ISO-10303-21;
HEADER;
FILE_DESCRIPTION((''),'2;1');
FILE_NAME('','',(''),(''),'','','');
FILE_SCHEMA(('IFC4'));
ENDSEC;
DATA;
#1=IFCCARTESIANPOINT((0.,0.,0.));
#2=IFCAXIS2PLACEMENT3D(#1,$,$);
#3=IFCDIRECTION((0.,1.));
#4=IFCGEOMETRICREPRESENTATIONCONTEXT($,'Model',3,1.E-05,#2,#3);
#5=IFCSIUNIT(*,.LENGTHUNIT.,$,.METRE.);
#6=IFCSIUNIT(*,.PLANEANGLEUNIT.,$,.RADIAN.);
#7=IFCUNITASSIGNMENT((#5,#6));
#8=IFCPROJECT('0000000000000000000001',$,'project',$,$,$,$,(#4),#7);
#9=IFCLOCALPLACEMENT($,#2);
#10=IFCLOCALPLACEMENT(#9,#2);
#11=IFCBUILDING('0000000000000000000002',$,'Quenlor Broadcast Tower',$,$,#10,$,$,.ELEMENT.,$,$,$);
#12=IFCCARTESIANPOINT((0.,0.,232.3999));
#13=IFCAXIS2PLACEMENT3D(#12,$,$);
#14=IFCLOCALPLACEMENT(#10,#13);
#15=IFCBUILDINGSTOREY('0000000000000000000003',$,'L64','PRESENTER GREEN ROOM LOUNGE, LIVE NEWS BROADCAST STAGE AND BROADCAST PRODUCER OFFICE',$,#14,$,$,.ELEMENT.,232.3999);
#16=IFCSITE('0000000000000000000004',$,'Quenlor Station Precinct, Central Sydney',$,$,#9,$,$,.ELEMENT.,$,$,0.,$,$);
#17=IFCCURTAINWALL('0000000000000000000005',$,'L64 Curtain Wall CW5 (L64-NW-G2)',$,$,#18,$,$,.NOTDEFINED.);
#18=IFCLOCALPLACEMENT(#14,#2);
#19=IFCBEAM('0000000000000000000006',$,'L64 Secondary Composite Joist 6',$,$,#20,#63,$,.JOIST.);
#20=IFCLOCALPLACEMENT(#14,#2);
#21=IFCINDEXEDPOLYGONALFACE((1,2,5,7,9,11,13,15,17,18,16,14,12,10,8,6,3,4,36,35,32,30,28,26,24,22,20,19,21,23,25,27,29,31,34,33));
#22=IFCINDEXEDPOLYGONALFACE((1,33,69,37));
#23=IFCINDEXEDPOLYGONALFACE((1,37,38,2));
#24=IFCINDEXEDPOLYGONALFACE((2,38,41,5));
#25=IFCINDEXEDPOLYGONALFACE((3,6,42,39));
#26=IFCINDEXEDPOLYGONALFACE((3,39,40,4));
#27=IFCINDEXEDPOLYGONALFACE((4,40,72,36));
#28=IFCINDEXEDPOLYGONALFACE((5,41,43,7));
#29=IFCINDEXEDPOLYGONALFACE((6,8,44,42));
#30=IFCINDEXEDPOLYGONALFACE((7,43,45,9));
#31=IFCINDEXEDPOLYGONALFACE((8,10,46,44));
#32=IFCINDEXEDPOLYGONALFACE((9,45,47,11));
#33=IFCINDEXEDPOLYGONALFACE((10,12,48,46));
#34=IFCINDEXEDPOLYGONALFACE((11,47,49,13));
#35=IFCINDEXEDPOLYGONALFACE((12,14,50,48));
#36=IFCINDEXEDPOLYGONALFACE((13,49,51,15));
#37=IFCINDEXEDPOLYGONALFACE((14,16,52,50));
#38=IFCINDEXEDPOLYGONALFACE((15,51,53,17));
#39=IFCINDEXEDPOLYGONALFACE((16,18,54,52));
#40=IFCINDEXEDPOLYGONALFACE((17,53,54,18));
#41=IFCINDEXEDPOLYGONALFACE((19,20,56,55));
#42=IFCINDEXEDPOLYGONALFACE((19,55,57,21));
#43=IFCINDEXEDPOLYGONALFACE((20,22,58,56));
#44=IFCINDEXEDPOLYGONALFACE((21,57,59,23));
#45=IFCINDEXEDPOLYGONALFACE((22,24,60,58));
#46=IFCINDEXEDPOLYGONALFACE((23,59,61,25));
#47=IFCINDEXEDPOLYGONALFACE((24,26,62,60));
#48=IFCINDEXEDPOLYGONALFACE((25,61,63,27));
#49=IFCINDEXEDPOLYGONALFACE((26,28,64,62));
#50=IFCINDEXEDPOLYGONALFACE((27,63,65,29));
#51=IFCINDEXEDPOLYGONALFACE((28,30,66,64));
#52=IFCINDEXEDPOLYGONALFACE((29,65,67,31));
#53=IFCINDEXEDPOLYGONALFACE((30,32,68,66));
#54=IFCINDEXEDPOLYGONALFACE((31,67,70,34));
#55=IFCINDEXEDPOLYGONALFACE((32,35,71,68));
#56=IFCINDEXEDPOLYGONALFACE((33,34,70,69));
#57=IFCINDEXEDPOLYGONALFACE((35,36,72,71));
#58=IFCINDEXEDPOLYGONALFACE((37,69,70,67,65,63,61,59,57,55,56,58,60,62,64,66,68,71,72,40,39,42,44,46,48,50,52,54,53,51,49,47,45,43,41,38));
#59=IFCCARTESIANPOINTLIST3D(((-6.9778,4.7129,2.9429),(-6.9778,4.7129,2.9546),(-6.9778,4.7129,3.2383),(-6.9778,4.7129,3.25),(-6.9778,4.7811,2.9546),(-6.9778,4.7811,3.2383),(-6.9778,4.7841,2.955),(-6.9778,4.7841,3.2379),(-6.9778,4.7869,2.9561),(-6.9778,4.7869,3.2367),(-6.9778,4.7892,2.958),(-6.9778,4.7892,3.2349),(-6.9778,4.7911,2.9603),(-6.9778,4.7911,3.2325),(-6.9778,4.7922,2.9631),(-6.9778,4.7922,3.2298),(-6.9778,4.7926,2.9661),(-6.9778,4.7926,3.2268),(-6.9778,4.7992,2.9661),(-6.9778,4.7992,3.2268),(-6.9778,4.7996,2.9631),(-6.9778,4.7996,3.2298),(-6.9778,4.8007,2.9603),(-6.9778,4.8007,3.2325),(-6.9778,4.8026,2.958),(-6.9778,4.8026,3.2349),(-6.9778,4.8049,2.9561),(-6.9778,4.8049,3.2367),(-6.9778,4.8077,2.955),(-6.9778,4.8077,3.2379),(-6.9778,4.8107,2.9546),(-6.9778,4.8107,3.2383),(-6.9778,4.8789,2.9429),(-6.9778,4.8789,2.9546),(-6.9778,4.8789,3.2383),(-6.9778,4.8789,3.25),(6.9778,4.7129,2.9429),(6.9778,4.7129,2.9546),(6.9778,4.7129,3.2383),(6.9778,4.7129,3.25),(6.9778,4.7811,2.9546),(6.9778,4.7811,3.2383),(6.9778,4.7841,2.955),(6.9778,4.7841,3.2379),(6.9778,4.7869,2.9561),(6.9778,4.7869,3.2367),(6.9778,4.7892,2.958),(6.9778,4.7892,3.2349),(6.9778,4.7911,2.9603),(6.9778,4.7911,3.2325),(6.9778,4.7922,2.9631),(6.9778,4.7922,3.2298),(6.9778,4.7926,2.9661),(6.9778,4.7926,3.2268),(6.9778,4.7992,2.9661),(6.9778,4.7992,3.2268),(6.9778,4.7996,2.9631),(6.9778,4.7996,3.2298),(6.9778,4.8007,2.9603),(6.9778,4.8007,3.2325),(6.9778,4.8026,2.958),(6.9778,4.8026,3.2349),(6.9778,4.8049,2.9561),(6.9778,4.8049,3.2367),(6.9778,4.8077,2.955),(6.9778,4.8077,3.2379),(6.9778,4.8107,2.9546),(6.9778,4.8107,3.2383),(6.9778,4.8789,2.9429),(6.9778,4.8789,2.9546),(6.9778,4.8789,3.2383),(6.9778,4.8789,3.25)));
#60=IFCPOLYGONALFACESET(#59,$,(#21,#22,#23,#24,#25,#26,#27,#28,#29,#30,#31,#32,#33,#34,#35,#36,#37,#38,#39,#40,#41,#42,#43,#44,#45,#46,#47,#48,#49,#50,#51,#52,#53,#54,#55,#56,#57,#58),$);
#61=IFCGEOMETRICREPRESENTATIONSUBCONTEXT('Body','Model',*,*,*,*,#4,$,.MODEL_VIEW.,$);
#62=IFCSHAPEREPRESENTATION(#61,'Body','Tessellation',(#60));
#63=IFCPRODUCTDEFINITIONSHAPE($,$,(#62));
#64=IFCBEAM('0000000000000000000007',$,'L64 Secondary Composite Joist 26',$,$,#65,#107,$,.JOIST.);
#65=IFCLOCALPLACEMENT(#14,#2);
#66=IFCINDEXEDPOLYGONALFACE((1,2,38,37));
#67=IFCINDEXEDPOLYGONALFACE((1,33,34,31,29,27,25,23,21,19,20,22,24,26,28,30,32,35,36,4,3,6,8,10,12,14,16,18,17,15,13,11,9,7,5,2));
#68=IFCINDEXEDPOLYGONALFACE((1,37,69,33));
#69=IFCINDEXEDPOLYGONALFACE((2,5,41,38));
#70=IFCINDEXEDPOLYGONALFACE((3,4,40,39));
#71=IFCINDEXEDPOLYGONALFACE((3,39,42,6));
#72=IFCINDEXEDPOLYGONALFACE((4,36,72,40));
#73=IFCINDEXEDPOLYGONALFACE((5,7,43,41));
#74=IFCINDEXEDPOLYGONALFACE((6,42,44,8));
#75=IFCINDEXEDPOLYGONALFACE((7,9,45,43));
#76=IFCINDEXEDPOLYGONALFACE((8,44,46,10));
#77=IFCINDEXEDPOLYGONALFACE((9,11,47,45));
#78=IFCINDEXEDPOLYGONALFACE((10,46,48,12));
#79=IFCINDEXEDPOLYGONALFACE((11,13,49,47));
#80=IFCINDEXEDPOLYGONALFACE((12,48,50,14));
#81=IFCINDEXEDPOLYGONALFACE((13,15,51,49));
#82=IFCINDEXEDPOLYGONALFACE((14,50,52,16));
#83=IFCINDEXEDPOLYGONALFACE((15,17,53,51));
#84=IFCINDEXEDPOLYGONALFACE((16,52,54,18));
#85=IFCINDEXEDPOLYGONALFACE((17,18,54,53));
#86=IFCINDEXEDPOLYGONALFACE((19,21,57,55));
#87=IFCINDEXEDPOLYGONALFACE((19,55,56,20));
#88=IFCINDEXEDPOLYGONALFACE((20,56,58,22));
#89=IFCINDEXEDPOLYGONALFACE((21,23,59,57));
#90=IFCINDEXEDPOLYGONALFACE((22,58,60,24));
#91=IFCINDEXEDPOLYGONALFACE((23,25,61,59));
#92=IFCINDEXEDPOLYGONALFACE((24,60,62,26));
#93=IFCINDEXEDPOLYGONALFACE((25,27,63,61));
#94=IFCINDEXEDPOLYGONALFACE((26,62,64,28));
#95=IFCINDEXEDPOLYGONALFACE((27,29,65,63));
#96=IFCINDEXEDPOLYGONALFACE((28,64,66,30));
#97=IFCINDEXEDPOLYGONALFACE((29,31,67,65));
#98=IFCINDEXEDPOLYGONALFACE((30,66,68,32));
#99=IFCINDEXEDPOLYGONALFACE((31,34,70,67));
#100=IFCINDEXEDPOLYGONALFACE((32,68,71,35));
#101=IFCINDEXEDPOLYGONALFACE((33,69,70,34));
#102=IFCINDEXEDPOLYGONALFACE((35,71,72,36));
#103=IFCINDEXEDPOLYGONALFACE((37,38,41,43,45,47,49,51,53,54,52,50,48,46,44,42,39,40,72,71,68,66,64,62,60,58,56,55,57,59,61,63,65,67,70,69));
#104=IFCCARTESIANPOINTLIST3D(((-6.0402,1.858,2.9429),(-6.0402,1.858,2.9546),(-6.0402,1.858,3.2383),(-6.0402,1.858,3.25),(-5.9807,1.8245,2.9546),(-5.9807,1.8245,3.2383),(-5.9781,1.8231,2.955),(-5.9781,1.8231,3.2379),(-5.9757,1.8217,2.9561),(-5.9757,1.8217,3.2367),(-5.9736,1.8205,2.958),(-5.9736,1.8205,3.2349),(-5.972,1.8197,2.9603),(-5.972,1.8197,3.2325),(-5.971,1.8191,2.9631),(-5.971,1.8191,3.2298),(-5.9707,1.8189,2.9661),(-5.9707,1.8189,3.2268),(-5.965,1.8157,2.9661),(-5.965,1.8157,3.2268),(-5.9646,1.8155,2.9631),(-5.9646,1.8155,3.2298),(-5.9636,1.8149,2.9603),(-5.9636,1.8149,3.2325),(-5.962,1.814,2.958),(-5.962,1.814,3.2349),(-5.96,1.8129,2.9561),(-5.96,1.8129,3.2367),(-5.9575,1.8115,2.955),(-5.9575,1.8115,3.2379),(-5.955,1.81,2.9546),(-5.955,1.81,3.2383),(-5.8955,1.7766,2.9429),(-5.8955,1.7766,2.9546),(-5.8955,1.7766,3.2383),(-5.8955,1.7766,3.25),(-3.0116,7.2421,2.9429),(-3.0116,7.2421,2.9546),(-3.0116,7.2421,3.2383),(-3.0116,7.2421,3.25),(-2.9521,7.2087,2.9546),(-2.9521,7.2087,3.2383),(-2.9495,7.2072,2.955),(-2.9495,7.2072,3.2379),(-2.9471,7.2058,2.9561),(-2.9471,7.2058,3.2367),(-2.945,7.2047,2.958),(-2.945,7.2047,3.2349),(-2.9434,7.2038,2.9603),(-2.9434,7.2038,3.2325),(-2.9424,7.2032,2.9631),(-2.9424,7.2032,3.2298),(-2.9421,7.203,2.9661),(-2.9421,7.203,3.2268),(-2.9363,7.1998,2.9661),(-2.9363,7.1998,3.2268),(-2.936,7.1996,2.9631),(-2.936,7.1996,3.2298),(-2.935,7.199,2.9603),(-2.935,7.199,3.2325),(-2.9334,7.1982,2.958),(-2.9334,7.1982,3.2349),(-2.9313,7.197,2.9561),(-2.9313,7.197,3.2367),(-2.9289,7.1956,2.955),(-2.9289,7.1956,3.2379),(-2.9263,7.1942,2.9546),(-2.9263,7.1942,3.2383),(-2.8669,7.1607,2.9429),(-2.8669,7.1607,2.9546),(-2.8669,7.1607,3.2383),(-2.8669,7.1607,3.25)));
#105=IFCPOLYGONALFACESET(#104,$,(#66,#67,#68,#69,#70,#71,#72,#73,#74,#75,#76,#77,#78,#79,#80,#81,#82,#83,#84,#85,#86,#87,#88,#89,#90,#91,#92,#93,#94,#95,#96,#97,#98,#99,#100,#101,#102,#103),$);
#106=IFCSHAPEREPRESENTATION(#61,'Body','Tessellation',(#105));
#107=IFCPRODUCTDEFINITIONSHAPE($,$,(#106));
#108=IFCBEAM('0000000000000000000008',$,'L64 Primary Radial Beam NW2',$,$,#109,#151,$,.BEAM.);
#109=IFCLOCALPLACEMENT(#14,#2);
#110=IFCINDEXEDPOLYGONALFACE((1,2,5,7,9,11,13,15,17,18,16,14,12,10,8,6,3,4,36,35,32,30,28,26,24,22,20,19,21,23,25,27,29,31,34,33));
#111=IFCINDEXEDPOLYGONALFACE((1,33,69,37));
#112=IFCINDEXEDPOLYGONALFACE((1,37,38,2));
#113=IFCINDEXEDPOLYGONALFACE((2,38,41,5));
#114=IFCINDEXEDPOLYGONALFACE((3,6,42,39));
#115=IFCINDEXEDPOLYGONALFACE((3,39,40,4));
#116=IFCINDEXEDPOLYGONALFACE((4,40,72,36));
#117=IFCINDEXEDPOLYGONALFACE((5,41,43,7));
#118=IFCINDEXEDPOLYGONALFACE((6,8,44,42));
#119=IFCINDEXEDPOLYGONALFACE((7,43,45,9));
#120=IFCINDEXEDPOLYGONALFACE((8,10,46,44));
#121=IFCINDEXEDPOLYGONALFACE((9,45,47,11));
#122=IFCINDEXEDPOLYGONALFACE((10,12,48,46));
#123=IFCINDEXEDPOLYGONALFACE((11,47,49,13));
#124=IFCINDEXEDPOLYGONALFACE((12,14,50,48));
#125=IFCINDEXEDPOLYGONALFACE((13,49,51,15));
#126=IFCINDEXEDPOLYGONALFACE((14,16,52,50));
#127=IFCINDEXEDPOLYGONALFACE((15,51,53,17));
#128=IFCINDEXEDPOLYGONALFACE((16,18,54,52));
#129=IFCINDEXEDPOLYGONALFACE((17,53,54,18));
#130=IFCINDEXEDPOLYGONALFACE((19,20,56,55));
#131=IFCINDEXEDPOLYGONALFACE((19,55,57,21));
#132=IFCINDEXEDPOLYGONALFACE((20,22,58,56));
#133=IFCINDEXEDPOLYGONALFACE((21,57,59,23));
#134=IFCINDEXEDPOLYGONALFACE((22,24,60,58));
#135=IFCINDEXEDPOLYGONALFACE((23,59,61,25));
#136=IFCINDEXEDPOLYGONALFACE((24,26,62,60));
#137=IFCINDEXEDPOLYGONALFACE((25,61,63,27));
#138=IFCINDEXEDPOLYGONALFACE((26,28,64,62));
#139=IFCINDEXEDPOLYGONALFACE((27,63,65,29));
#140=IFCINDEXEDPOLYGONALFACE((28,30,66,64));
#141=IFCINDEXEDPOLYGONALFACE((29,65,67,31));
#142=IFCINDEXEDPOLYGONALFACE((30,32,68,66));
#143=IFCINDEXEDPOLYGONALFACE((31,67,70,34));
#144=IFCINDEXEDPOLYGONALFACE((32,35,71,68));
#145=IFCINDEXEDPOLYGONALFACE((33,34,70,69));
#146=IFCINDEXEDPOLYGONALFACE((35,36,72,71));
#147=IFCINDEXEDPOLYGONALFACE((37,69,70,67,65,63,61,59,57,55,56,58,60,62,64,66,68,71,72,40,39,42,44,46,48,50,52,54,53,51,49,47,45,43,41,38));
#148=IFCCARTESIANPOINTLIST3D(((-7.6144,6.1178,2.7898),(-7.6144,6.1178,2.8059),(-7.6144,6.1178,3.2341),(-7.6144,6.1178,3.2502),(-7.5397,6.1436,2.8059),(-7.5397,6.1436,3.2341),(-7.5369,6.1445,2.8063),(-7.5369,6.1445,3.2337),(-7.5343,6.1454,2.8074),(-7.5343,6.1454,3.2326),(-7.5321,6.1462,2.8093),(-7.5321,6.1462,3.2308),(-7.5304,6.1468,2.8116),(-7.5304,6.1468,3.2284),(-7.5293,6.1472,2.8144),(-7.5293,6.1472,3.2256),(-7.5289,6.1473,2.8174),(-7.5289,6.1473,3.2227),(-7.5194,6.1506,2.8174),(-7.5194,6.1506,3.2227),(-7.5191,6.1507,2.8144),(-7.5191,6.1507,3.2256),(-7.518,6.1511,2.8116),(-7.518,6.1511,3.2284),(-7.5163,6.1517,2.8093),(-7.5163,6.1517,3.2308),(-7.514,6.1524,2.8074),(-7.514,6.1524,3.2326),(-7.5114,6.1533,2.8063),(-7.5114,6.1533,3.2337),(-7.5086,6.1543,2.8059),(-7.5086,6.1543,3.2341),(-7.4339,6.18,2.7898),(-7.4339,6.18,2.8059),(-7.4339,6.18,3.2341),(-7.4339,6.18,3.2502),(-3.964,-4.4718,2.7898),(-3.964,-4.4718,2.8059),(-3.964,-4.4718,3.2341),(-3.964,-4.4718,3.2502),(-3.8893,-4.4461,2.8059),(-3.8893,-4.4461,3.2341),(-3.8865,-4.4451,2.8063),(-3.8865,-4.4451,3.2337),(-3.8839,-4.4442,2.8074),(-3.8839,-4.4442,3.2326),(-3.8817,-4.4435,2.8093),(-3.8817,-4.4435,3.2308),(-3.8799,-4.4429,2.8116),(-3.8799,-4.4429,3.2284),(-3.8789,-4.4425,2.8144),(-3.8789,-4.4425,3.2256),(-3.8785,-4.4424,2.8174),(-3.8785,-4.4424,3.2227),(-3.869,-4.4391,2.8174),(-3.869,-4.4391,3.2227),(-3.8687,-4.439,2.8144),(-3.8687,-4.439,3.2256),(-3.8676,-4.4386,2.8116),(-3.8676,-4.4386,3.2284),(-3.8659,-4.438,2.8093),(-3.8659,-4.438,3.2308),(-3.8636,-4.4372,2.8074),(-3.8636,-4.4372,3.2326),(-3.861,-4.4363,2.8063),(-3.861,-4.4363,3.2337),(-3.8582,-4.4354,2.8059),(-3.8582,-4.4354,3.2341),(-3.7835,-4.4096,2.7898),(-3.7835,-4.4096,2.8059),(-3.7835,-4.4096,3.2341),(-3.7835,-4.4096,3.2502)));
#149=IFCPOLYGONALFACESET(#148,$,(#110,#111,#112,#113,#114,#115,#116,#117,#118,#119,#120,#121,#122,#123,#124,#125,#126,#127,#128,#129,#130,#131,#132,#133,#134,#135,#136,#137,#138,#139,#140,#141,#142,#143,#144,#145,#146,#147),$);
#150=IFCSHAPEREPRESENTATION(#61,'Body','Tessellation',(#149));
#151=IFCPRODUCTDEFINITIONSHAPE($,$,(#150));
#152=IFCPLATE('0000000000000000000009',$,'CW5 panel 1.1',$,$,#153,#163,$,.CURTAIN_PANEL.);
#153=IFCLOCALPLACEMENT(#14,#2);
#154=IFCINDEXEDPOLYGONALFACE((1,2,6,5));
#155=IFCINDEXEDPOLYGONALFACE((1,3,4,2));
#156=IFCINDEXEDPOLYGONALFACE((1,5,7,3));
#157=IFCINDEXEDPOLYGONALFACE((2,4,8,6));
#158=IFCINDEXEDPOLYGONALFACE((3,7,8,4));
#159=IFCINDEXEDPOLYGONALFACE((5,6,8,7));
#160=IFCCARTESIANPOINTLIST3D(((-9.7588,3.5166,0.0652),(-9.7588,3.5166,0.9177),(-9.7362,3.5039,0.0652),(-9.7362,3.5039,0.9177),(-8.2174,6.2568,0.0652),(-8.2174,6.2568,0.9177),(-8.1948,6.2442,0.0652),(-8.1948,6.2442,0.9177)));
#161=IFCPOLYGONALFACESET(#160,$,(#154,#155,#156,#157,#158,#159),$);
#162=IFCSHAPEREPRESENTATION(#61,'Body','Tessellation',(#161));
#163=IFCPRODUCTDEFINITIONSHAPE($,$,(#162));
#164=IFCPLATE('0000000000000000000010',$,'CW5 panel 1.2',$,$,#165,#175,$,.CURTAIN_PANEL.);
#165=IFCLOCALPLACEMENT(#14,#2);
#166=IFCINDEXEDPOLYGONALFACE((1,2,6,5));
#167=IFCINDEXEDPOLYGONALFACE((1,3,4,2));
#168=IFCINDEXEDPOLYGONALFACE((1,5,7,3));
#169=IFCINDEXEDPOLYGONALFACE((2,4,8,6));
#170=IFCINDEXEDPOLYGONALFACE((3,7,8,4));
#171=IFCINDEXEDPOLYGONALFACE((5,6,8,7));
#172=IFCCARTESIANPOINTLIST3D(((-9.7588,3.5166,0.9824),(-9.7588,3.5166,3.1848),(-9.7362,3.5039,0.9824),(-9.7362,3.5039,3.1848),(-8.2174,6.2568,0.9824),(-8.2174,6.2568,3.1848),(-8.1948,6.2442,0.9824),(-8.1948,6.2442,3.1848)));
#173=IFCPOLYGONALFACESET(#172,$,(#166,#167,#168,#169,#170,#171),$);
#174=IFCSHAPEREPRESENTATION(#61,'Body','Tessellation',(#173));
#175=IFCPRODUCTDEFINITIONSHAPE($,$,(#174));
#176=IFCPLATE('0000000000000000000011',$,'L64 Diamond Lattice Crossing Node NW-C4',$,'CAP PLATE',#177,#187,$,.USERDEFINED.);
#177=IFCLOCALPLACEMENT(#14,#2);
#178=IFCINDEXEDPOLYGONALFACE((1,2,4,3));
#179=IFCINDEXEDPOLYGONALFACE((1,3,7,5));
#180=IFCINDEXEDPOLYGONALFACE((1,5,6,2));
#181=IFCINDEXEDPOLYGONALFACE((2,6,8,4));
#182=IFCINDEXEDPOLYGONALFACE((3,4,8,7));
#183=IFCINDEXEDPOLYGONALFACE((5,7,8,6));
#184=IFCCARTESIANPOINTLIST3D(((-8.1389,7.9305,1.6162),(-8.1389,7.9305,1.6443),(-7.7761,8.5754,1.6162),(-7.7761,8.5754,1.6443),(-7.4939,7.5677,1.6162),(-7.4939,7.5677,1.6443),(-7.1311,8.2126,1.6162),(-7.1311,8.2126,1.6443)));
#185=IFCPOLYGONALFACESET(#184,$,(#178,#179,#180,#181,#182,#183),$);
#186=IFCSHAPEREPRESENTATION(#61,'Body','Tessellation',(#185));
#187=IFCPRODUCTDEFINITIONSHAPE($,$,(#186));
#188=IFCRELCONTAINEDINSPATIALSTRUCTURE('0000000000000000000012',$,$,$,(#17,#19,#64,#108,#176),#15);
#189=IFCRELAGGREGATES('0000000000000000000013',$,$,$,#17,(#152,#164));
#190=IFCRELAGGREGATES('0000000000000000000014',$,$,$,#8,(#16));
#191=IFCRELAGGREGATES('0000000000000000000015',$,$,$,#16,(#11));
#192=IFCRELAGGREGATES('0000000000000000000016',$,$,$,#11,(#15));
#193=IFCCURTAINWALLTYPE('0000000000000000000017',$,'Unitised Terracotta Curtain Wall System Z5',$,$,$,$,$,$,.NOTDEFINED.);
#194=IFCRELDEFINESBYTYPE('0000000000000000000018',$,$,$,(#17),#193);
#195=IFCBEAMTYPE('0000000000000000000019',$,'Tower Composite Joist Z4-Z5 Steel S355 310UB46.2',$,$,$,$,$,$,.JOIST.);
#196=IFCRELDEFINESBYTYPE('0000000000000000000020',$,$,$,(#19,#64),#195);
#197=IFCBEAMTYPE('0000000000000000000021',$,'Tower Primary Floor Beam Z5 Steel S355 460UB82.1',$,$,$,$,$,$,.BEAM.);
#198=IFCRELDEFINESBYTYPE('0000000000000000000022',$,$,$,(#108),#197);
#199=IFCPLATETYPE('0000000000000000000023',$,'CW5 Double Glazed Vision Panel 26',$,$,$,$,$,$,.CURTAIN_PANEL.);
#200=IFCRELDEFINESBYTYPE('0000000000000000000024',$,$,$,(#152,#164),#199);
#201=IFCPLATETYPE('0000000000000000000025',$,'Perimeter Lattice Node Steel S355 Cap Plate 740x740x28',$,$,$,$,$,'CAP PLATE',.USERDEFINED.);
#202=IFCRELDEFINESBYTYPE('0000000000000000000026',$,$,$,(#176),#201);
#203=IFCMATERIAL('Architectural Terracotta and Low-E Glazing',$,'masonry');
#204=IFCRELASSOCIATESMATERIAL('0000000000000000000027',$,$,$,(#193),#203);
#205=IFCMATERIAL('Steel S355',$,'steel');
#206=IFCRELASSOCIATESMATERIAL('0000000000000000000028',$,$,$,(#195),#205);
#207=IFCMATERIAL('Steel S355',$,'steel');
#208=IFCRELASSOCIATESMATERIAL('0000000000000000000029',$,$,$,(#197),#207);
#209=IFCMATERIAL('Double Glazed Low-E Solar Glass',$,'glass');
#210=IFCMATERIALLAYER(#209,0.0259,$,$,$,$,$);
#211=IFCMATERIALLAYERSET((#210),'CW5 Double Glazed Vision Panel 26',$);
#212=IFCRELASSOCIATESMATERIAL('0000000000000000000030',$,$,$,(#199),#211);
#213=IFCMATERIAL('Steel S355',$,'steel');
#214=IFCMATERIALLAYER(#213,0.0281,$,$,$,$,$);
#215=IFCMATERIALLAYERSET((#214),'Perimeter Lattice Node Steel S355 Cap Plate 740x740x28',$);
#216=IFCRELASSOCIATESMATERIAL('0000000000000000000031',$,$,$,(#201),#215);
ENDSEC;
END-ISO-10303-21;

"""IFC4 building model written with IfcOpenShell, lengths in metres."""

from ifc_helpers import new_model, si_unit, direction, frame, origin, origin_2d, place, context, subcontext, project, spatial, rectangle, i_section, extrude, material, layer, layer_set, material_profile, profile_set, type_object, element, aggregate, save


model = new_model("IFC4")

# Units and contexts
model_context = context("Model", 3, precision=1e-05, world=origin(), true_north=direction((0.0, 1.0)))
body_context = subcontext(model_context, "Body", "Model", "MODEL_VIEW")
ifc_project = project(units=[si_unit("LENGTHUNIT", "METRE"), si_unit("PLANEANGLEUNIT", "RADIAN")], contexts=[model_context])

# Site, building, storey
site_placement = place(None, origin())
site = spatial("IfcSite", under=ifc_project, at=site_placement, Name="Quenlor Station Precinct, Central Sydney", CompositionType="ELEMENT", RefElevation=0.0)
building_placement = place(site_placement, origin())
building = spatial("IfcBuilding", under=site, at=building_placement, Name="Quenlor Broadcast Tower", CompositionType="ELEMENT")
storey_placement = place(building_placement, frame((0.0, 0.0, 232.3999)))
storey = spatial("IfcBuildingStorey", under=building, at=storey_placement, Name="L64", Description="PRESENTER GREEN ROOM LOUNGE, LIVE NEWS BROADCAST STAGE AND BROADCAST PRODUCER OFFICE", CompositionType="ELEMENT", Elevation=232.3999)

# Curtain wall
ifc_material_1 = material(Name="Architectural Terracotta and Low-E Glazing", Category="masonry")
curtain_wall_type = type_object("IfcCurtainWallType", Name="Unitised Terracotta Curtain Wall System Z5", PredefinedType="NOTDEFINED", material=ifc_material_1)
curtain_wall_1_placement = place(storey_placement, origin())
curtain_wall_1 = element("IfcCurtainWall", 1, at=curtain_wall_1_placement, inside=storey, type_object=curtain_wall_type, Name="L64 Curtain Wall CW5 (L64-NW-G2)", PredefinedType="NOTDEFINED")

# Beams
ifc_material_2 = material(Name="Steel S355", Category="steel")
ifc_material_profile_1 = material_profile(ifc_material_2, i_section(OverallWidth=0.166, OverallDepth=0.3071, WebThickness=0.0066, FlangeThickness=0.0117, FilletRadius=0.0115, at=origin_2d()))
ifc_profile_set_1 = profile_set([ifc_material_profile_1], Name="Steel S355 310UB46.2")
beam_type_1 = type_object("IfcBeamType", Name="Tower Composite Joist Z4-Z5 Steel S355 310UB46.2", PredefinedType="JOIST", material=ifc_profile_set_1)
beam_1_placement = place(storey_placement, frame((-6.9778, 4.7959, 3.0964), z_axis=(1.0, 0.0, 0.0), x_axis=(0.0, 1.0, 0.0)))
element("IfcBeam", 2, at=beam_1_placement, inside=storey, type_object=beam_type_1, Name="L64 Secondary Composite Joist 6", PredefinedType="JOIST", context=body_context, shape_type="SweptSolid", body=[
    extrude(i_section(OverallWidth=0.166, OverallDepth=0.3071, WebThickness=0.0066, FlangeThickness=0.0117, FilletRadius=0.0115, at=origin_2d()), origin(), (0.0, 0.0, 1.0), 13.9556),
])
beam_2_placement = place(storey_placement, frame((-2.9392, 7.2014, 3.0964), z_axis=(-0.490267, -0.871572, 0.0), x_axis=(0.871572, -0.490267, 0.0)))
element("IfcBeam", 3, at=beam_2_placement, inside=storey, type_object=beam_type_1, Name="L64 Secondary Composite Joist 26", PredefinedType="JOIST", context=body_context, shape_type="SweptSolid", body=[
    extrude(i_section(OverallWidth=0.166, OverallDepth=0.3071, WebThickness=0.0066, FlangeThickness=0.0117, FilletRadius=0.0115, at=origin_2d()), origin(), (0.0, 0.0, 1.0), 6.1775),
])
ifc_material_3 = material(Name="Steel S355", Category="steel")
ifc_material_profile_2 = material_profile(ifc_material_3, i_section(OverallWidth=0.1909, OverallDepth=0.4604, WebThickness=0.01, FlangeThickness=0.0161, FilletRadius=0.0115, at=origin_2d()))
ifc_profile_set_2 = profile_set([ifc_material_profile_2], Name="Steel S355 460UB82.1")
beam_type_2 = type_object("IfcBeamType", Name="Tower Primary Floor Beam Z5 Steel S355 460UB82.1", PredefinedType="BEAM", material=ifc_profile_set_2)
beam_3_placement = place(storey_placement, frame((-7.5242, 6.1489, 3.02), z_axis=(0.325895, -0.945406, 0.0), x_axis=(0.945406, 0.325895, 0.0)))
element("IfcBeam", 4, at=beam_3_placement, inside=storey, type_object=beam_type_2, Name="L64 Primary Radial Beam NW2", PredefinedType="BEAM", context=body_context, shape_type="SweptSolid", body=[
    extrude(i_section(OverallWidth=0.1909, OverallDepth=0.4604, WebThickness=0.01, FlangeThickness=0.0161, FilletRadius=0.0115, at=origin_2d()), origin(), (0.0, 0.0, 1.0), 11.2012),
])

# Plates
ifc_material_4 = material(Name="Double Glazed Low-E Solar Glass", Category="glass")
ifc_layer_1 = layer(ifc_material_4, 0.0259)
ifc_layer_set_1 = layer_set([ifc_layer_1], Name="CW5 Double Glazed Vision Panel 26")
plate_type_1 = type_object("IfcPlateType", Name="CW5 Double Glazed Vision Panel 26", PredefinedType="CURTAIN_PANEL", material=ifc_layer_set_1)
plate_1_placement = place(storey_placement, frame((-8.9768, 4.8804, 0.0652), z_axis=(0.0, 0.0, 1.0), x_axis=(0.490263, 0.871575, 0.0)))
plate_1 = element("IfcPlate", 5, at=plate_1_placement, type_object=plate_type_1, Name="CW5 panel 1.1", PredefinedType="CURTAIN_PANEL", context=body_context, shape_type="SweptSolid", body=[
    extrude(rectangle(XDim=3.144, YDim=0.0259, at=origin_2d()), origin(), (0.0, 0.0, 1.0), 0.8525),
])
plate_2_placement = place(storey_placement, frame((-8.9768, 4.8804, 0.9824), z_axis=(0.0, 0.0, 1.0), x_axis=(0.490263, 0.871575, 0.0)))
plate_2 = element("IfcPlate", 6, at=plate_2_placement, type_object=plate_type_1, Name="CW5 panel 1.2", PredefinedType="CURTAIN_PANEL", context=body_context, shape_type="SweptSolid", body=[
    extrude(rectangle(XDim=3.144, YDim=0.0259, at=origin_2d()), origin(), (0.0, 0.0, 1.0), 2.2024),
])
aggregate(curtain_wall_1, [plate_1, plate_2])

# Plate
ifc_material_5 = material(Name="Steel S355", Category="steel")
ifc_layer_2 = layer(ifc_material_5, 0.0281)
ifc_layer_set_2 = layer_set([ifc_layer_2], Name="Perimeter Lattice Node Steel S355 Cap Plate 740x740x28")
plate_type_2 = type_object("IfcPlateType", Name="Perimeter Lattice Node Steel S355 Cap Plate 740x740x28", ElementType="CAP PLATE", PredefinedType="USERDEFINED", material=ifc_layer_set_2)
plate_3_placement = place(storey_placement, frame((-7.635, 8.0715, 1.6162), z_axis=(0.0, 0.0, 1.0), x_axis=(0.490295, 0.871556, 0.0)))
element("IfcPlate", 7, at=plate_3_placement, inside=storey, type_object=plate_type_2, Name="L64 Diamond Lattice Crossing Node NW-C4", ObjectType="CAP PLATE", PredefinedType="USERDEFINED", context=body_context, shape_type="SweptSolid", body=[
    extrude(rectangle(XDim=0.74, YDim=0.74, at=origin_2d()), origin(), (0.0, 0.0, 1.0), 0.0281),
])

save(model, "model.ifc")
